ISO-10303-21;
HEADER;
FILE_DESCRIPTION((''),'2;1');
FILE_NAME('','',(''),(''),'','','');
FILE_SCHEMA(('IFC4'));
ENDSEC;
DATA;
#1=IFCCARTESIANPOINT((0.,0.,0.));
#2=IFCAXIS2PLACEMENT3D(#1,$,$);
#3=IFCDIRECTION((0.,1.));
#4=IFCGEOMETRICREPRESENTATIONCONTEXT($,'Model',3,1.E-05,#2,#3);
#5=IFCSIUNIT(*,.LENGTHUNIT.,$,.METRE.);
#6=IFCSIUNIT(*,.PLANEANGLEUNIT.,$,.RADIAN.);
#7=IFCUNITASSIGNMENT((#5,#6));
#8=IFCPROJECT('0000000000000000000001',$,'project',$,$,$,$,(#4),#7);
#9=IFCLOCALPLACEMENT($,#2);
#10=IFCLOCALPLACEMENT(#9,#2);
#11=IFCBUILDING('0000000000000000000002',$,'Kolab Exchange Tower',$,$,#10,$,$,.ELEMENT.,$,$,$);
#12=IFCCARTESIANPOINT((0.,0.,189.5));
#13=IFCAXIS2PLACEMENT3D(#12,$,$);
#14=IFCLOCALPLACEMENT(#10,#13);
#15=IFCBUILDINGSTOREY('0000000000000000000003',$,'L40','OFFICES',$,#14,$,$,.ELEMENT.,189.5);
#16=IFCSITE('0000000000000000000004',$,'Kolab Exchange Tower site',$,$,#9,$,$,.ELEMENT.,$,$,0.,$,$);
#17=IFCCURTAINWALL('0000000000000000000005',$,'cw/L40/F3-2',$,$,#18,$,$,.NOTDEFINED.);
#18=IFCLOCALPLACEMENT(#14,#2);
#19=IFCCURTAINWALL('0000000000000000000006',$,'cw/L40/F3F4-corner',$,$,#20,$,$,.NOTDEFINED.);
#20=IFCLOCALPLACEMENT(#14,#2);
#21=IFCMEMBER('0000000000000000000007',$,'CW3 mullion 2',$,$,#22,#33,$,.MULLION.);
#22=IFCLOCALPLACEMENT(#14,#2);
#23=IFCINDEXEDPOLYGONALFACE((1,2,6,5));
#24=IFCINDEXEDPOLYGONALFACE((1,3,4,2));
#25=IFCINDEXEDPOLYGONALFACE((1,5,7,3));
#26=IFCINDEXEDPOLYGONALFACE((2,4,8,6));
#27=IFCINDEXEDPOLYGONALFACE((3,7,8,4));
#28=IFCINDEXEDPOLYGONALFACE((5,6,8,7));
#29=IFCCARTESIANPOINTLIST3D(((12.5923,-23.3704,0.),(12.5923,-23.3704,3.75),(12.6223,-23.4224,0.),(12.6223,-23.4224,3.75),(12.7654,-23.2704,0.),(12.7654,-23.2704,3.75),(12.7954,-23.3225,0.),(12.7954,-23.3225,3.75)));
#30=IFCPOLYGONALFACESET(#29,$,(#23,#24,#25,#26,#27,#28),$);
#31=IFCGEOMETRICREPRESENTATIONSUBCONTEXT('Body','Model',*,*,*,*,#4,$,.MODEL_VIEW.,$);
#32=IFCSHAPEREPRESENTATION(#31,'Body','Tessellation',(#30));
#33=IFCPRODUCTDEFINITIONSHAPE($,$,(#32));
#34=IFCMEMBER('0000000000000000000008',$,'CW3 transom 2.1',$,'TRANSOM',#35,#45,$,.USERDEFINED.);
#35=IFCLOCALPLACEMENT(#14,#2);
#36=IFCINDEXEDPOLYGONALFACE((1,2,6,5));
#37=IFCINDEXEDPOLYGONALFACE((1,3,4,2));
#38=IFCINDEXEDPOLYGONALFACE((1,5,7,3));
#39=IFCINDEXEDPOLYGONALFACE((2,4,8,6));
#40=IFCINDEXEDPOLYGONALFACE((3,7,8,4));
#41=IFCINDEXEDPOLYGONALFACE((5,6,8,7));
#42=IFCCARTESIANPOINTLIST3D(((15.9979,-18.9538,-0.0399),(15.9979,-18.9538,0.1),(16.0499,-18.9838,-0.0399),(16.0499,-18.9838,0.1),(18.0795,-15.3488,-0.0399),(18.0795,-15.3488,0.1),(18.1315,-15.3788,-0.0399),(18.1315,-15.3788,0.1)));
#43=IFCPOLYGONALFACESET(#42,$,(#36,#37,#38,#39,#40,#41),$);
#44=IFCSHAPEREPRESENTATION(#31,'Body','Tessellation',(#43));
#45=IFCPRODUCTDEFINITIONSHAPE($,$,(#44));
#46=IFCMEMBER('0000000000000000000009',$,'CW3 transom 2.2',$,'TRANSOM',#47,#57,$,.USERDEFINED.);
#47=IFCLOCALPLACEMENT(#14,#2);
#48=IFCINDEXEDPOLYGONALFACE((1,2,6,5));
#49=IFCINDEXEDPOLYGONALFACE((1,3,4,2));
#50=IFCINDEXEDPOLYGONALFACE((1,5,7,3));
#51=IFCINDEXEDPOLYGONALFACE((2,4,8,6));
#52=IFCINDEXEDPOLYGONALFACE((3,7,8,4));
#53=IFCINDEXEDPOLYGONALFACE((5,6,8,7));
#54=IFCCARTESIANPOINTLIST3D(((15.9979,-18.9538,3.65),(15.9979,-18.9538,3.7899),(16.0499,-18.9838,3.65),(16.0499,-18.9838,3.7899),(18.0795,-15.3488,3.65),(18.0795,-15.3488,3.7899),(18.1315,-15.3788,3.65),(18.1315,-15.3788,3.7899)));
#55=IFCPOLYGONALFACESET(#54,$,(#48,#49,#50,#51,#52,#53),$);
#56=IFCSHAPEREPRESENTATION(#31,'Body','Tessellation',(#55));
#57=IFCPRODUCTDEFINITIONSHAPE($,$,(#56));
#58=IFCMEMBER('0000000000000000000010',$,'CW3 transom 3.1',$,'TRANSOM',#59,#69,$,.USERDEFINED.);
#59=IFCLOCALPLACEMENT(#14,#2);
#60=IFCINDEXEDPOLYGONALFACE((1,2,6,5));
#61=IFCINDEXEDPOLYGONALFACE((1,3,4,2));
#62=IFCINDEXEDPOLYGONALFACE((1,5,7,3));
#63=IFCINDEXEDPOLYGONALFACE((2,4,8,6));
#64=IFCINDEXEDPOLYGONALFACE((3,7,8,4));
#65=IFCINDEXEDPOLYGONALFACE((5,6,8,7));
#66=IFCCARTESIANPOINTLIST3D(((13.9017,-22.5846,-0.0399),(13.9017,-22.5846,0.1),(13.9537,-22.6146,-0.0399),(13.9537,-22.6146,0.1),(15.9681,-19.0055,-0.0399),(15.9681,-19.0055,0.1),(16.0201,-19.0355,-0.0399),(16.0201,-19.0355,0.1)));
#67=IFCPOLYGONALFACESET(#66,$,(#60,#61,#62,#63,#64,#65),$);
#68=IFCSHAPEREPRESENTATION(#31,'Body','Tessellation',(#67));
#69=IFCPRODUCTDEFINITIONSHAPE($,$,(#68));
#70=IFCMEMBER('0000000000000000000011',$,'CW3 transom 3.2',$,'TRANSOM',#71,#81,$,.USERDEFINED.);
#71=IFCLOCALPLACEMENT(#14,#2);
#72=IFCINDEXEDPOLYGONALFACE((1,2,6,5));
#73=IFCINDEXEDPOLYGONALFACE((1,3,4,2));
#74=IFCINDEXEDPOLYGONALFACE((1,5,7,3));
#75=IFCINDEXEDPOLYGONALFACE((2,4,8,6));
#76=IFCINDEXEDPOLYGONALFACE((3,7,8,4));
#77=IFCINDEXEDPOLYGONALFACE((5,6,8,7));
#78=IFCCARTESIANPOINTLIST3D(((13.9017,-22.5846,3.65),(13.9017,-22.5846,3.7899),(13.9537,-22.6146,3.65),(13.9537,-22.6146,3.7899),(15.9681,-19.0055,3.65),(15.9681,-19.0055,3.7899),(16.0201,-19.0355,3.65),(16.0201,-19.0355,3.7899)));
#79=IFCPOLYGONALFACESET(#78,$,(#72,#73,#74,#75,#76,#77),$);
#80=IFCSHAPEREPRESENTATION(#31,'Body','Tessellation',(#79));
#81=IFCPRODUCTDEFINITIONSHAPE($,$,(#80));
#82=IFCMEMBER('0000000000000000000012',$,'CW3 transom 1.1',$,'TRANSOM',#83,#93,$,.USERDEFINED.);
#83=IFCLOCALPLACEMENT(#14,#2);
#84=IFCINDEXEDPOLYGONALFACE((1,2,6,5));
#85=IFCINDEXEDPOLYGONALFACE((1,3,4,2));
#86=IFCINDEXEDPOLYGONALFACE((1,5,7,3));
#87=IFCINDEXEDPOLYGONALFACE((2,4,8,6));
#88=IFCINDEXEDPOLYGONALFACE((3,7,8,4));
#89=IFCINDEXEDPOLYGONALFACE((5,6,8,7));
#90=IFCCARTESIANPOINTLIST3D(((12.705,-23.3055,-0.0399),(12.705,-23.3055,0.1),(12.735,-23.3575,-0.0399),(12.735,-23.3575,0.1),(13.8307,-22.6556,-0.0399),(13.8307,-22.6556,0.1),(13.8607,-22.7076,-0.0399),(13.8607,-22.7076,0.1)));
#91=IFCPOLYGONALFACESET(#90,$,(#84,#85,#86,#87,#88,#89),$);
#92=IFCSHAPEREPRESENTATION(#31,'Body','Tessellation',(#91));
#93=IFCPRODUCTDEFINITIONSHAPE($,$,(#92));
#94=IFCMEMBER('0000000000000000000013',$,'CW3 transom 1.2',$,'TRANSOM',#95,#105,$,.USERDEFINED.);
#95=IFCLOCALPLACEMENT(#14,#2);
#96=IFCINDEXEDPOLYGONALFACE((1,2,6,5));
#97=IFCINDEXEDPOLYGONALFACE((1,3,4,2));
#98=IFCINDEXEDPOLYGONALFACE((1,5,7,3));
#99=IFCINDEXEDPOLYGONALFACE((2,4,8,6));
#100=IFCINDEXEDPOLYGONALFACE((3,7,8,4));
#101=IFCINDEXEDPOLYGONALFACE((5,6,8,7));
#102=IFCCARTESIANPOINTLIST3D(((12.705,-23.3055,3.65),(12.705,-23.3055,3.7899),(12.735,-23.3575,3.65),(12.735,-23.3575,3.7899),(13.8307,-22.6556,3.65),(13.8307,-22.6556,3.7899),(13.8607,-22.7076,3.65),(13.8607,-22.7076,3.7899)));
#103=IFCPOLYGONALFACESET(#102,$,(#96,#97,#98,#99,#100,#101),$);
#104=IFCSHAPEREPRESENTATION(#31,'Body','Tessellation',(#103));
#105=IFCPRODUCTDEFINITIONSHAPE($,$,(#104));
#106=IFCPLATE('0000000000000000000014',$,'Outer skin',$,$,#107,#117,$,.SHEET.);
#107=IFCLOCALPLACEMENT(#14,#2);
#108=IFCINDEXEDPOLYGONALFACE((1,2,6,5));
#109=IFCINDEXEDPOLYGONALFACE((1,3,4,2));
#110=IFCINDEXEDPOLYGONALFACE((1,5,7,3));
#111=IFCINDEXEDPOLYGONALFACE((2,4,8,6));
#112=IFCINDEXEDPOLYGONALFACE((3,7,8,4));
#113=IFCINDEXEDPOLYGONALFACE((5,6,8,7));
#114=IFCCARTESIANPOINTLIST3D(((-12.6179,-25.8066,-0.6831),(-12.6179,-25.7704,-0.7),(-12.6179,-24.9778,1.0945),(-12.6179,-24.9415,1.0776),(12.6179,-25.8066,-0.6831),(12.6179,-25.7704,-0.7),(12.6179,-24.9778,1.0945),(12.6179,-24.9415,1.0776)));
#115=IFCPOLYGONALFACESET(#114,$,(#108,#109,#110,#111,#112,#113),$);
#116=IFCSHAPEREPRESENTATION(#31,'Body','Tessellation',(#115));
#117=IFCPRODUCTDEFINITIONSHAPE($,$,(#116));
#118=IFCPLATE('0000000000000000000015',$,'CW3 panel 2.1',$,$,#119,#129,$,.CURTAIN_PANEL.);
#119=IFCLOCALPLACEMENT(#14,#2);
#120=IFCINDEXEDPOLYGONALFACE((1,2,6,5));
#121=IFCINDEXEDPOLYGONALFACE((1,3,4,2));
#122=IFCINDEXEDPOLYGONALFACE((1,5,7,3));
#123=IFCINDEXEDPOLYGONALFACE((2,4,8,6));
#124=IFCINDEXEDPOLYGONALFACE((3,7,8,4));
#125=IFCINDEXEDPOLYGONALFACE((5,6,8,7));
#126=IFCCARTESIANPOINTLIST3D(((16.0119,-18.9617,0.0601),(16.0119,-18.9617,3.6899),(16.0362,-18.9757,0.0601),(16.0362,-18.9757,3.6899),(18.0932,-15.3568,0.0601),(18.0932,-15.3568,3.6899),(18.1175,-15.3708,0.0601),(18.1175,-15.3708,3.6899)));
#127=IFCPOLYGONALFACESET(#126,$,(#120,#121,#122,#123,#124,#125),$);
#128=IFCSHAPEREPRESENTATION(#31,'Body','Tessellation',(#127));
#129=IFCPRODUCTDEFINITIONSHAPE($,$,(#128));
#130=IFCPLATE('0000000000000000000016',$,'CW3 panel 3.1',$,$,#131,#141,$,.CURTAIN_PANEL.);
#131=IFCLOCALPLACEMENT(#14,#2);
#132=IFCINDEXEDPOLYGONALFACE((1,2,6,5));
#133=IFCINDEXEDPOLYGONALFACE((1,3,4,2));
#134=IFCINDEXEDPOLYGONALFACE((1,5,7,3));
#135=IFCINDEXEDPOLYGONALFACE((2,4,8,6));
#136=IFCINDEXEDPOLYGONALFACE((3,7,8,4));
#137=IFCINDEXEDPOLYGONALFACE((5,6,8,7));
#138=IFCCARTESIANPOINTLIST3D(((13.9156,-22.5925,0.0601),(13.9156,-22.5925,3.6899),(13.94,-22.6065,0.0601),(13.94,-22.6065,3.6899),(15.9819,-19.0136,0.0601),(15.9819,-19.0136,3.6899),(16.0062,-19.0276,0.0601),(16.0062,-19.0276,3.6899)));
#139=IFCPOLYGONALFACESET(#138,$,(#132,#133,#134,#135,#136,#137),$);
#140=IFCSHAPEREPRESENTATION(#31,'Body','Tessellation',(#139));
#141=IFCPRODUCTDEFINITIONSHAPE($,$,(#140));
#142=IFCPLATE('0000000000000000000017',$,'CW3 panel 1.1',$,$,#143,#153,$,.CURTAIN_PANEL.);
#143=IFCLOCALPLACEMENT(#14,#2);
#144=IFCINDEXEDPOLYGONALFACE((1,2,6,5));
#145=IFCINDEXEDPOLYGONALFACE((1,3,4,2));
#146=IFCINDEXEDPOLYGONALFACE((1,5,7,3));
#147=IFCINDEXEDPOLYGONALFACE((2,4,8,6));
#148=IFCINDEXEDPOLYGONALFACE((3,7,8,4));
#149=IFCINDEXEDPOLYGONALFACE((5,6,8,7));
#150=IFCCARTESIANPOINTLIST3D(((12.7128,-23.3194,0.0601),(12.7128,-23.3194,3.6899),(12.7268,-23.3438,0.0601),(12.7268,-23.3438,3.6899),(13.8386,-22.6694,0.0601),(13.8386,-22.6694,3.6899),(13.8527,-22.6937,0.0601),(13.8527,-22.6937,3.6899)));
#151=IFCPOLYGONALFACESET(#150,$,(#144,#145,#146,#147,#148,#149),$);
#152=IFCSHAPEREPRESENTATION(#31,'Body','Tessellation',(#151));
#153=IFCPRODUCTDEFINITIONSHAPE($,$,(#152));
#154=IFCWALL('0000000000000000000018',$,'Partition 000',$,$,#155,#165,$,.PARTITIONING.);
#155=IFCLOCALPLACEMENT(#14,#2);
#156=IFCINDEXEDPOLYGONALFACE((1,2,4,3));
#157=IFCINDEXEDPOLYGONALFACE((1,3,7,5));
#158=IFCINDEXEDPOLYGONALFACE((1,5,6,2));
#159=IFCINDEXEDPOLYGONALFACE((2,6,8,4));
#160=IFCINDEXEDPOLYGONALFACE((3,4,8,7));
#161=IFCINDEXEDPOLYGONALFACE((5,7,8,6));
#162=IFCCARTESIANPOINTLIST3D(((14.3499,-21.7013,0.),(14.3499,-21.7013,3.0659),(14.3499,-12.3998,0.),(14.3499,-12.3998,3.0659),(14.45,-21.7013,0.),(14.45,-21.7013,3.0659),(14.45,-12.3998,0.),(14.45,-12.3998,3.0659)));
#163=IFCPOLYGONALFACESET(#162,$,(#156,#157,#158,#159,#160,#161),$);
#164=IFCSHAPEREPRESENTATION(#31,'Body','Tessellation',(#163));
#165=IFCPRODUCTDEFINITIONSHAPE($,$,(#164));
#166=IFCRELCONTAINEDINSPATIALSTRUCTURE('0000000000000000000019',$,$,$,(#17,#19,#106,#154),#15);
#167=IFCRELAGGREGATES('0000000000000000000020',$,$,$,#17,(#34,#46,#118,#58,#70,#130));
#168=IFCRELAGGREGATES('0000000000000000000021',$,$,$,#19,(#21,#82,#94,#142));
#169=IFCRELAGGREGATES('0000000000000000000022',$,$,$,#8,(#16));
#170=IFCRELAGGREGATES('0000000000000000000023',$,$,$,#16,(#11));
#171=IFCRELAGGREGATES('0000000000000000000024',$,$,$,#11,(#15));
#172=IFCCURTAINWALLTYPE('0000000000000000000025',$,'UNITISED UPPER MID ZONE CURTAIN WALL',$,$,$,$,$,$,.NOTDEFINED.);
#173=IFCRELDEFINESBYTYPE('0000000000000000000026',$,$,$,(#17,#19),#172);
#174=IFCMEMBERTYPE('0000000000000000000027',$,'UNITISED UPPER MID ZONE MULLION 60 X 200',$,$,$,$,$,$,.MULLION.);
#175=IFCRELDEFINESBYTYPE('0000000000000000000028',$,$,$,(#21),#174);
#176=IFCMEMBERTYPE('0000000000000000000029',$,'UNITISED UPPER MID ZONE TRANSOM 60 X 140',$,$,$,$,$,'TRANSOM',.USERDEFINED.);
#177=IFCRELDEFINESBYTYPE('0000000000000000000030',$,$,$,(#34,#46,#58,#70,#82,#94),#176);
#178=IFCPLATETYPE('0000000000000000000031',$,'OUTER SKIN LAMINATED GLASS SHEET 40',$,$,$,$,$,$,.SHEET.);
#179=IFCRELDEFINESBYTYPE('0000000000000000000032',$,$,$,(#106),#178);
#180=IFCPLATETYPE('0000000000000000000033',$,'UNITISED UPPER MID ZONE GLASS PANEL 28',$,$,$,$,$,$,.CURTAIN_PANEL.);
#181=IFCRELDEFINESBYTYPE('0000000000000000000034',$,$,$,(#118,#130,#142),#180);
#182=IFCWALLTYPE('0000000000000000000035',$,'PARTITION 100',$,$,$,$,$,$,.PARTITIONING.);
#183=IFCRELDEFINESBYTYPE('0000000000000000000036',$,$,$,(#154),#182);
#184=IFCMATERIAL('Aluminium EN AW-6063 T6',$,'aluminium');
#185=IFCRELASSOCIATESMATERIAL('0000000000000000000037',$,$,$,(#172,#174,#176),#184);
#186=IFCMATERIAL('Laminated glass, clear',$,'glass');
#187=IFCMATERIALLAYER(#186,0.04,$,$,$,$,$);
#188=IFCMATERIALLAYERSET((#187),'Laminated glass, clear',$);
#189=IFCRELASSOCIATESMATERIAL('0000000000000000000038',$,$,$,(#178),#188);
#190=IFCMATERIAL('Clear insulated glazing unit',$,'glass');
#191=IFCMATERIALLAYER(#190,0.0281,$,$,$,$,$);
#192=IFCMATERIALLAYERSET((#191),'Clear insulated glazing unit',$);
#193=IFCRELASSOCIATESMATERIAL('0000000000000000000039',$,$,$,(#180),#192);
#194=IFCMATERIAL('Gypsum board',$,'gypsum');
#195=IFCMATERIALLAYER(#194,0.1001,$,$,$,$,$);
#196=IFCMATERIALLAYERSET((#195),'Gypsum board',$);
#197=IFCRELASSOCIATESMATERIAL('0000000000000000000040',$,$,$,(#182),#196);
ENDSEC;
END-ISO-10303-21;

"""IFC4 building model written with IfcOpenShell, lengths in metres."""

from ifc_helpers import new_model, si_unit, direction, frame, frame_2d, origin, origin_2d, place, context, subcontext, project, spatial, polyline, rectangle, outline, extrude, material, layer, layer_set, material_profile, profile_set, type_object, element, aggregate, save


model = new_model("IFC4")

# Units and contexts
model_context = context("Model", 3, precision=1e-05, world=origin(), true_north=direction((0.0, 1.0)))
body_context = subcontext(model_context, "Body", "Model", "MODEL_VIEW")
ifc_project = project(units=[si_unit("LENGTHUNIT", "METRE"), si_unit("PLANEANGLEUNIT", "RADIAN")], contexts=[model_context])

# Site, building, storey
site_placement = place(None, origin())
site = spatial("IfcSite", under=ifc_project, at=site_placement, Name="Kolab Exchange Tower site", CompositionType="ELEMENT", RefElevation=0.0)
building_placement = place(site_placement, origin())
building = spatial("IfcBuilding", under=site, at=building_placement, Name="Kolab Exchange Tower", CompositionType="ELEMENT")
storey_placement = place(building_placement, frame((0.0, 0.0, 189.5)))
storey = spatial("IfcBuildingStorey", under=building, at=storey_placement, Name="L40", Description="OFFICES", CompositionType="ELEMENT", Elevation=189.5)

# Curtain wall
ifc_material_1 = material(Name="Aluminium EN AW-6063 T6", Category="aluminium")
curtain_wall_type = type_object("IfcCurtainWallType", Name="UNITISED UPPER MID ZONE CURTAIN WALL", PredefinedType="NOTDEFINED", material=ifc_material_1)
curtain_wall_1_placement = place(storey_placement, origin())
curtain_wall_1 = element("IfcCurtainWall", 1, at=curtain_wall_1_placement, inside=storey, type_object=curtain_wall_type, Name="cw/L40/F3-2", PredefinedType="NOTDEFINED")
ifc_material_profile_1 = material_profile(ifc_material_1, rectangle(XDim=0.0601, YDim=0.2, at=origin_2d()), Name="RECT 60X200")
ifc_profile_set_1 = profile_set([ifc_material_profile_1], Name="Aluminium EN AW-6063 T6")
member_type_1 = type_object("IfcMemberType", Name="UNITISED UPPER MID ZONE MULLION 60 X 200", PredefinedType="MULLION", material=ifc_profile_set_1)

# Curtain wall, member
curtain_wall_2_placement = place(storey_placement, origin())
curtain_wall_2 = element("IfcCurtainWall", 2, at=curtain_wall_2_placement, inside=storey, type_object=curtain_wall_type, Name="cw/L40/F3F4-corner", PredefinedType="NOTDEFINED")
member_1_placement = place(storey_placement, frame((12.6938, -23.3464, 0.0), z_axis=(0.0, 0.0, 1.0), x_axis=(0.5, -0.866025, 0.0)))
member_1 = element("IfcMember", 3, at=member_1_placement, type_object=member_type_1, Name="CW3 mullion 2", PredefinedType="MULLION", context=body_context, shape_type="SweptSolid", body=[
    extrude(rectangle(XDim=0.0601, YDim=0.2, at=origin_2d()), origin(), (0.0, 0.0, 1.0), 3.75),
])

# Members
ifc_material_profile_2 = material_profile(ifc_material_1, rectangle(XDim=0.0601, YDim=0.1399, at=origin_2d()), Name="RECT 60X140")
ifc_profile_set_2 = profile_set([ifc_material_profile_2], Name="Aluminium EN AW-6063 T6")
member_type_2 = type_object("IfcMemberType", Name="UNITISED UPPER MID ZONE TRANSOM 60 X 140", ElementType="TRANSOM", PredefinedType="USERDEFINED", material=ifc_profile_set_2)
member_2_placement = place(storey_placement, frame((18.1055, -15.3638, 0.03), z_axis=(-0.500037, -0.866004, 0.0), x_axis=(0.866004, -0.500037, 0.0)))
member_2 = element("IfcMember", 4, at=member_2_placement, type_object=member_type_2, Name="CW3 transom 2.1", ObjectType="TRANSOM", PredefinedType="USERDEFINED", context=body_context, shape_type="SweptSolid", body=[
    extrude(rectangle(XDim=0.0601, YDim=0.1399, at=origin_2d()), origin(), (0.0, 0.0, 1.0), 4.1628),
])
member_3_placement = place(storey_placement, frame((18.1055, -15.3638, 3.72), z_axis=(-0.500037, -0.866004, 0.0), x_axis=(0.866004, -0.500037, 0.0)))
member_3 = element("IfcMember", 5, at=member_3_placement, type_object=member_type_2, Name="CW3 transom 2.2", ObjectType="TRANSOM", PredefinedType="USERDEFINED", context=body_context, shape_type="SweptSolid", body=[
    extrude(rectangle(XDim=0.0601, YDim=0.1399, at=origin_2d()), origin(), (0.0, 0.0, 1.0), 4.1628),
])
member_4_placement = place(storey_placement, frame((15.9941, -19.0205, 0.03), z_axis=(-0.500002, -0.866024, 0.0), x_axis=(0.866024, -0.500002, 0.0)))
member_4 = element("IfcMember", 6, at=member_4_placement, type_object=member_type_2, Name="CW3 transom 3.1", ObjectType="TRANSOM", PredefinedType="USERDEFINED", context=body_context, shape_type="SweptSolid", body=[
    extrude(rectangle(XDim=0.0601, YDim=0.1399, at=origin_2d()), origin(), (0.0, 0.0, 1.0), 4.1328),
])
member_5_placement = place(storey_placement, frame((15.9941, -19.0205, 3.72), z_axis=(-0.500002, -0.866024, 0.0), x_axis=(0.866024, -0.500002, 0.0)))
member_5 = element("IfcMember", 7, at=member_5_placement, type_object=member_type_2, Name="CW3 transom 3.2", ObjectType="TRANSOM", PredefinedType="USERDEFINED", context=body_context, shape_type="SweptSolid", body=[
    extrude(rectangle(XDim=0.0601, YDim=0.1399, at=origin_2d()), origin(), (0.0, 0.0, 1.0), 4.1328),
])
member_6_placement = place(storey_placement, frame((13.8457, -22.6816, 0.03), z_axis=(-0.866039, -0.499977, 0.0), x_axis=(0.499977, -0.866039, 0.0)))
member_6 = element("IfcMember", 8, at=member_6_placement, type_object=member_type_2, Name="CW3 transom 1.1", ObjectType="TRANSOM", PredefinedType="USERDEFINED", context=body_context, shape_type="SweptSolid", body=[
    extrude(rectangle(XDim=0.0601, YDim=0.1399, at=origin_2d()), origin(), (0.0, 0.0, 1.0), 1.2998),
])
member_7_placement = place(storey_placement, frame((13.8457, -22.6816, 3.72), z_axis=(-0.866039, -0.499977, 0.0), x_axis=(0.499977, -0.866039, 0.0)))
member_7 = element("IfcMember", 9, at=member_7_placement, type_object=member_type_2, Name="CW3 transom 1.2", ObjectType="TRANSOM", PredefinedType="USERDEFINED", context=body_context, shape_type="SweptSolid", body=[
    extrude(rectangle(XDim=0.0601, YDim=0.1399, at=origin_2d()), origin(), (0.0, 0.0, 1.0), 1.2998),
])

# Plates
ifc_material_2 = material(Name="Laminated glass, clear", Category="glass")
ifc_layer_1 = layer(ifc_material_2, 0.04)
ifc_layer_set_1 = layer_set([ifc_layer_1], Name="Laminated glass, clear")
plate_type_1 = type_object("IfcPlateType", Name="OUTER SKIN LAMINATED GLASS SHEET 40", PredefinedType="SHEET", material=ifc_layer_set_1)
plate_1_placement = place(storey_placement, frame((12.6179, -25.8066, -0.6831), z_axis=(0.0, -0.906317, 0.422599), x_axis=(-1.0, 0.0, 0.0)))
element("IfcPlate", 10, at=plate_1_placement, inside=storey, type_object=plate_type_1, Name="Outer skin", PredefinedType="SHEET", context=body_context, shape_type="SweptSolid", body=[
    extrude(outline(polyline([(0.0, 0.0), (25.2358, 0.0), (25.2358, -1.9613), (0.0, -1.9613), (0.0, 0.0)])), origin(), (0.0, 0.0, -1.0), 0.04),
])
ifc_material_3 = material(Name="Clear insulated glazing unit", Category="glass")
ifc_layer_2 = layer(ifc_material_3, 0.0281)
ifc_layer_set_2 = layer_set([ifc_layer_2], Name="Clear insulated glazing unit")
plate_type_2 = type_object("IfcPlateType", Name="UNITISED UPPER MID ZONE GLASS PANEL 28", PredefinedType="CURTAIN_PANEL", material=ifc_layer_set_2)
plate_2_placement = place(storey_placement, frame((17.0647, -17.1663, 0.0601), z_axis=(0.0, 0.0, 1.0), x_axis=(-0.5, -0.866025, 0.0)))
plate_2 = element("IfcPlate", 11, at=plate_2_placement, type_object=plate_type_2, Name="CW3 panel 2.1", PredefinedType="CURTAIN_PANEL", context=body_context, shape_type="SweptSolid", body=[
    extrude(rectangle(XDim=4.1626, YDim=0.0281, at=origin_2d()), origin(), (0.0, 0.0, 1.0), 3.6299),
])
plate_3_placement = place(storey_placement, frame((14.9609, -20.8101, 0.0601), z_axis=(0.0, 0.0, 1.0), x_axis=(-0.5, -0.866025, 0.0)))
plate_3 = element("IfcPlate", 12, at=plate_3_placement, type_object=plate_type_2, Name="CW3 panel 3.1", PredefinedType="CURTAIN_PANEL", context=body_context, shape_type="SweptSolid", body=[
    extrude(rectangle(XDim=4.1326, YDim=0.0281, at=origin_2d()), origin(), (0.0, 0.0, 1.0), 3.6299),
])
aggregate(curtain_wall_1, [member_2, member_3, plate_2, member_4, member_5, plate_3])
plate_4_placement = place(storey_placement, frame((13.2827, -23.0066, 0.0601), z_axis=(0.0, 0.0, 1.0), x_axis=(-0.866025, -0.5, 0.0)))
plate_4 = element("IfcPlate", 13, at=plate_4_placement, type_object=plate_type_2, Name="CW3 panel 1.1", PredefinedType="CURTAIN_PANEL", context=body_context, shape_type="SweptSolid", body=[
    extrude(rectangle(XDim=1.3, YDim=0.0281, at=origin_2d()), origin(), (0.0, 0.0, 1.0), 3.6299),
])
aggregate(curtain_wall_2, [member_1, member_6, member_7, plate_4])

# Wall
ifc_material_4 = material(Name="Gypsum board", Category="gypsum")
ifc_layer_3 = layer(ifc_material_4, 0.1001)
ifc_layer_set_3 = layer_set([ifc_layer_3], Name="Gypsum board")
wall_type = type_object("IfcWallType", Name="PARTITION 100", PredefinedType="PARTITIONING", material=ifc_layer_set_3)
wall_placement = place(storey_placement, frame((14.3999, -21.7014, 0.0), z_axis=(0.0, 0.0, 1.0), x_axis=(0.0, 1.0, 0.0)))
element("IfcWall", 14, at=wall_placement, inside=storey, type_object=wall_type, Name="Partition 000", PredefinedType="PARTITIONING", context=body_context, shape_type="SweptSolid", body=[
    extrude(rectangle(XDim=9.3015, YDim=0.1001, at=frame_2d((4.6509, 0.0))), origin(), (0.0, 0.0, 1.0), 3.0659),
])

save(model, "model.ifc")
